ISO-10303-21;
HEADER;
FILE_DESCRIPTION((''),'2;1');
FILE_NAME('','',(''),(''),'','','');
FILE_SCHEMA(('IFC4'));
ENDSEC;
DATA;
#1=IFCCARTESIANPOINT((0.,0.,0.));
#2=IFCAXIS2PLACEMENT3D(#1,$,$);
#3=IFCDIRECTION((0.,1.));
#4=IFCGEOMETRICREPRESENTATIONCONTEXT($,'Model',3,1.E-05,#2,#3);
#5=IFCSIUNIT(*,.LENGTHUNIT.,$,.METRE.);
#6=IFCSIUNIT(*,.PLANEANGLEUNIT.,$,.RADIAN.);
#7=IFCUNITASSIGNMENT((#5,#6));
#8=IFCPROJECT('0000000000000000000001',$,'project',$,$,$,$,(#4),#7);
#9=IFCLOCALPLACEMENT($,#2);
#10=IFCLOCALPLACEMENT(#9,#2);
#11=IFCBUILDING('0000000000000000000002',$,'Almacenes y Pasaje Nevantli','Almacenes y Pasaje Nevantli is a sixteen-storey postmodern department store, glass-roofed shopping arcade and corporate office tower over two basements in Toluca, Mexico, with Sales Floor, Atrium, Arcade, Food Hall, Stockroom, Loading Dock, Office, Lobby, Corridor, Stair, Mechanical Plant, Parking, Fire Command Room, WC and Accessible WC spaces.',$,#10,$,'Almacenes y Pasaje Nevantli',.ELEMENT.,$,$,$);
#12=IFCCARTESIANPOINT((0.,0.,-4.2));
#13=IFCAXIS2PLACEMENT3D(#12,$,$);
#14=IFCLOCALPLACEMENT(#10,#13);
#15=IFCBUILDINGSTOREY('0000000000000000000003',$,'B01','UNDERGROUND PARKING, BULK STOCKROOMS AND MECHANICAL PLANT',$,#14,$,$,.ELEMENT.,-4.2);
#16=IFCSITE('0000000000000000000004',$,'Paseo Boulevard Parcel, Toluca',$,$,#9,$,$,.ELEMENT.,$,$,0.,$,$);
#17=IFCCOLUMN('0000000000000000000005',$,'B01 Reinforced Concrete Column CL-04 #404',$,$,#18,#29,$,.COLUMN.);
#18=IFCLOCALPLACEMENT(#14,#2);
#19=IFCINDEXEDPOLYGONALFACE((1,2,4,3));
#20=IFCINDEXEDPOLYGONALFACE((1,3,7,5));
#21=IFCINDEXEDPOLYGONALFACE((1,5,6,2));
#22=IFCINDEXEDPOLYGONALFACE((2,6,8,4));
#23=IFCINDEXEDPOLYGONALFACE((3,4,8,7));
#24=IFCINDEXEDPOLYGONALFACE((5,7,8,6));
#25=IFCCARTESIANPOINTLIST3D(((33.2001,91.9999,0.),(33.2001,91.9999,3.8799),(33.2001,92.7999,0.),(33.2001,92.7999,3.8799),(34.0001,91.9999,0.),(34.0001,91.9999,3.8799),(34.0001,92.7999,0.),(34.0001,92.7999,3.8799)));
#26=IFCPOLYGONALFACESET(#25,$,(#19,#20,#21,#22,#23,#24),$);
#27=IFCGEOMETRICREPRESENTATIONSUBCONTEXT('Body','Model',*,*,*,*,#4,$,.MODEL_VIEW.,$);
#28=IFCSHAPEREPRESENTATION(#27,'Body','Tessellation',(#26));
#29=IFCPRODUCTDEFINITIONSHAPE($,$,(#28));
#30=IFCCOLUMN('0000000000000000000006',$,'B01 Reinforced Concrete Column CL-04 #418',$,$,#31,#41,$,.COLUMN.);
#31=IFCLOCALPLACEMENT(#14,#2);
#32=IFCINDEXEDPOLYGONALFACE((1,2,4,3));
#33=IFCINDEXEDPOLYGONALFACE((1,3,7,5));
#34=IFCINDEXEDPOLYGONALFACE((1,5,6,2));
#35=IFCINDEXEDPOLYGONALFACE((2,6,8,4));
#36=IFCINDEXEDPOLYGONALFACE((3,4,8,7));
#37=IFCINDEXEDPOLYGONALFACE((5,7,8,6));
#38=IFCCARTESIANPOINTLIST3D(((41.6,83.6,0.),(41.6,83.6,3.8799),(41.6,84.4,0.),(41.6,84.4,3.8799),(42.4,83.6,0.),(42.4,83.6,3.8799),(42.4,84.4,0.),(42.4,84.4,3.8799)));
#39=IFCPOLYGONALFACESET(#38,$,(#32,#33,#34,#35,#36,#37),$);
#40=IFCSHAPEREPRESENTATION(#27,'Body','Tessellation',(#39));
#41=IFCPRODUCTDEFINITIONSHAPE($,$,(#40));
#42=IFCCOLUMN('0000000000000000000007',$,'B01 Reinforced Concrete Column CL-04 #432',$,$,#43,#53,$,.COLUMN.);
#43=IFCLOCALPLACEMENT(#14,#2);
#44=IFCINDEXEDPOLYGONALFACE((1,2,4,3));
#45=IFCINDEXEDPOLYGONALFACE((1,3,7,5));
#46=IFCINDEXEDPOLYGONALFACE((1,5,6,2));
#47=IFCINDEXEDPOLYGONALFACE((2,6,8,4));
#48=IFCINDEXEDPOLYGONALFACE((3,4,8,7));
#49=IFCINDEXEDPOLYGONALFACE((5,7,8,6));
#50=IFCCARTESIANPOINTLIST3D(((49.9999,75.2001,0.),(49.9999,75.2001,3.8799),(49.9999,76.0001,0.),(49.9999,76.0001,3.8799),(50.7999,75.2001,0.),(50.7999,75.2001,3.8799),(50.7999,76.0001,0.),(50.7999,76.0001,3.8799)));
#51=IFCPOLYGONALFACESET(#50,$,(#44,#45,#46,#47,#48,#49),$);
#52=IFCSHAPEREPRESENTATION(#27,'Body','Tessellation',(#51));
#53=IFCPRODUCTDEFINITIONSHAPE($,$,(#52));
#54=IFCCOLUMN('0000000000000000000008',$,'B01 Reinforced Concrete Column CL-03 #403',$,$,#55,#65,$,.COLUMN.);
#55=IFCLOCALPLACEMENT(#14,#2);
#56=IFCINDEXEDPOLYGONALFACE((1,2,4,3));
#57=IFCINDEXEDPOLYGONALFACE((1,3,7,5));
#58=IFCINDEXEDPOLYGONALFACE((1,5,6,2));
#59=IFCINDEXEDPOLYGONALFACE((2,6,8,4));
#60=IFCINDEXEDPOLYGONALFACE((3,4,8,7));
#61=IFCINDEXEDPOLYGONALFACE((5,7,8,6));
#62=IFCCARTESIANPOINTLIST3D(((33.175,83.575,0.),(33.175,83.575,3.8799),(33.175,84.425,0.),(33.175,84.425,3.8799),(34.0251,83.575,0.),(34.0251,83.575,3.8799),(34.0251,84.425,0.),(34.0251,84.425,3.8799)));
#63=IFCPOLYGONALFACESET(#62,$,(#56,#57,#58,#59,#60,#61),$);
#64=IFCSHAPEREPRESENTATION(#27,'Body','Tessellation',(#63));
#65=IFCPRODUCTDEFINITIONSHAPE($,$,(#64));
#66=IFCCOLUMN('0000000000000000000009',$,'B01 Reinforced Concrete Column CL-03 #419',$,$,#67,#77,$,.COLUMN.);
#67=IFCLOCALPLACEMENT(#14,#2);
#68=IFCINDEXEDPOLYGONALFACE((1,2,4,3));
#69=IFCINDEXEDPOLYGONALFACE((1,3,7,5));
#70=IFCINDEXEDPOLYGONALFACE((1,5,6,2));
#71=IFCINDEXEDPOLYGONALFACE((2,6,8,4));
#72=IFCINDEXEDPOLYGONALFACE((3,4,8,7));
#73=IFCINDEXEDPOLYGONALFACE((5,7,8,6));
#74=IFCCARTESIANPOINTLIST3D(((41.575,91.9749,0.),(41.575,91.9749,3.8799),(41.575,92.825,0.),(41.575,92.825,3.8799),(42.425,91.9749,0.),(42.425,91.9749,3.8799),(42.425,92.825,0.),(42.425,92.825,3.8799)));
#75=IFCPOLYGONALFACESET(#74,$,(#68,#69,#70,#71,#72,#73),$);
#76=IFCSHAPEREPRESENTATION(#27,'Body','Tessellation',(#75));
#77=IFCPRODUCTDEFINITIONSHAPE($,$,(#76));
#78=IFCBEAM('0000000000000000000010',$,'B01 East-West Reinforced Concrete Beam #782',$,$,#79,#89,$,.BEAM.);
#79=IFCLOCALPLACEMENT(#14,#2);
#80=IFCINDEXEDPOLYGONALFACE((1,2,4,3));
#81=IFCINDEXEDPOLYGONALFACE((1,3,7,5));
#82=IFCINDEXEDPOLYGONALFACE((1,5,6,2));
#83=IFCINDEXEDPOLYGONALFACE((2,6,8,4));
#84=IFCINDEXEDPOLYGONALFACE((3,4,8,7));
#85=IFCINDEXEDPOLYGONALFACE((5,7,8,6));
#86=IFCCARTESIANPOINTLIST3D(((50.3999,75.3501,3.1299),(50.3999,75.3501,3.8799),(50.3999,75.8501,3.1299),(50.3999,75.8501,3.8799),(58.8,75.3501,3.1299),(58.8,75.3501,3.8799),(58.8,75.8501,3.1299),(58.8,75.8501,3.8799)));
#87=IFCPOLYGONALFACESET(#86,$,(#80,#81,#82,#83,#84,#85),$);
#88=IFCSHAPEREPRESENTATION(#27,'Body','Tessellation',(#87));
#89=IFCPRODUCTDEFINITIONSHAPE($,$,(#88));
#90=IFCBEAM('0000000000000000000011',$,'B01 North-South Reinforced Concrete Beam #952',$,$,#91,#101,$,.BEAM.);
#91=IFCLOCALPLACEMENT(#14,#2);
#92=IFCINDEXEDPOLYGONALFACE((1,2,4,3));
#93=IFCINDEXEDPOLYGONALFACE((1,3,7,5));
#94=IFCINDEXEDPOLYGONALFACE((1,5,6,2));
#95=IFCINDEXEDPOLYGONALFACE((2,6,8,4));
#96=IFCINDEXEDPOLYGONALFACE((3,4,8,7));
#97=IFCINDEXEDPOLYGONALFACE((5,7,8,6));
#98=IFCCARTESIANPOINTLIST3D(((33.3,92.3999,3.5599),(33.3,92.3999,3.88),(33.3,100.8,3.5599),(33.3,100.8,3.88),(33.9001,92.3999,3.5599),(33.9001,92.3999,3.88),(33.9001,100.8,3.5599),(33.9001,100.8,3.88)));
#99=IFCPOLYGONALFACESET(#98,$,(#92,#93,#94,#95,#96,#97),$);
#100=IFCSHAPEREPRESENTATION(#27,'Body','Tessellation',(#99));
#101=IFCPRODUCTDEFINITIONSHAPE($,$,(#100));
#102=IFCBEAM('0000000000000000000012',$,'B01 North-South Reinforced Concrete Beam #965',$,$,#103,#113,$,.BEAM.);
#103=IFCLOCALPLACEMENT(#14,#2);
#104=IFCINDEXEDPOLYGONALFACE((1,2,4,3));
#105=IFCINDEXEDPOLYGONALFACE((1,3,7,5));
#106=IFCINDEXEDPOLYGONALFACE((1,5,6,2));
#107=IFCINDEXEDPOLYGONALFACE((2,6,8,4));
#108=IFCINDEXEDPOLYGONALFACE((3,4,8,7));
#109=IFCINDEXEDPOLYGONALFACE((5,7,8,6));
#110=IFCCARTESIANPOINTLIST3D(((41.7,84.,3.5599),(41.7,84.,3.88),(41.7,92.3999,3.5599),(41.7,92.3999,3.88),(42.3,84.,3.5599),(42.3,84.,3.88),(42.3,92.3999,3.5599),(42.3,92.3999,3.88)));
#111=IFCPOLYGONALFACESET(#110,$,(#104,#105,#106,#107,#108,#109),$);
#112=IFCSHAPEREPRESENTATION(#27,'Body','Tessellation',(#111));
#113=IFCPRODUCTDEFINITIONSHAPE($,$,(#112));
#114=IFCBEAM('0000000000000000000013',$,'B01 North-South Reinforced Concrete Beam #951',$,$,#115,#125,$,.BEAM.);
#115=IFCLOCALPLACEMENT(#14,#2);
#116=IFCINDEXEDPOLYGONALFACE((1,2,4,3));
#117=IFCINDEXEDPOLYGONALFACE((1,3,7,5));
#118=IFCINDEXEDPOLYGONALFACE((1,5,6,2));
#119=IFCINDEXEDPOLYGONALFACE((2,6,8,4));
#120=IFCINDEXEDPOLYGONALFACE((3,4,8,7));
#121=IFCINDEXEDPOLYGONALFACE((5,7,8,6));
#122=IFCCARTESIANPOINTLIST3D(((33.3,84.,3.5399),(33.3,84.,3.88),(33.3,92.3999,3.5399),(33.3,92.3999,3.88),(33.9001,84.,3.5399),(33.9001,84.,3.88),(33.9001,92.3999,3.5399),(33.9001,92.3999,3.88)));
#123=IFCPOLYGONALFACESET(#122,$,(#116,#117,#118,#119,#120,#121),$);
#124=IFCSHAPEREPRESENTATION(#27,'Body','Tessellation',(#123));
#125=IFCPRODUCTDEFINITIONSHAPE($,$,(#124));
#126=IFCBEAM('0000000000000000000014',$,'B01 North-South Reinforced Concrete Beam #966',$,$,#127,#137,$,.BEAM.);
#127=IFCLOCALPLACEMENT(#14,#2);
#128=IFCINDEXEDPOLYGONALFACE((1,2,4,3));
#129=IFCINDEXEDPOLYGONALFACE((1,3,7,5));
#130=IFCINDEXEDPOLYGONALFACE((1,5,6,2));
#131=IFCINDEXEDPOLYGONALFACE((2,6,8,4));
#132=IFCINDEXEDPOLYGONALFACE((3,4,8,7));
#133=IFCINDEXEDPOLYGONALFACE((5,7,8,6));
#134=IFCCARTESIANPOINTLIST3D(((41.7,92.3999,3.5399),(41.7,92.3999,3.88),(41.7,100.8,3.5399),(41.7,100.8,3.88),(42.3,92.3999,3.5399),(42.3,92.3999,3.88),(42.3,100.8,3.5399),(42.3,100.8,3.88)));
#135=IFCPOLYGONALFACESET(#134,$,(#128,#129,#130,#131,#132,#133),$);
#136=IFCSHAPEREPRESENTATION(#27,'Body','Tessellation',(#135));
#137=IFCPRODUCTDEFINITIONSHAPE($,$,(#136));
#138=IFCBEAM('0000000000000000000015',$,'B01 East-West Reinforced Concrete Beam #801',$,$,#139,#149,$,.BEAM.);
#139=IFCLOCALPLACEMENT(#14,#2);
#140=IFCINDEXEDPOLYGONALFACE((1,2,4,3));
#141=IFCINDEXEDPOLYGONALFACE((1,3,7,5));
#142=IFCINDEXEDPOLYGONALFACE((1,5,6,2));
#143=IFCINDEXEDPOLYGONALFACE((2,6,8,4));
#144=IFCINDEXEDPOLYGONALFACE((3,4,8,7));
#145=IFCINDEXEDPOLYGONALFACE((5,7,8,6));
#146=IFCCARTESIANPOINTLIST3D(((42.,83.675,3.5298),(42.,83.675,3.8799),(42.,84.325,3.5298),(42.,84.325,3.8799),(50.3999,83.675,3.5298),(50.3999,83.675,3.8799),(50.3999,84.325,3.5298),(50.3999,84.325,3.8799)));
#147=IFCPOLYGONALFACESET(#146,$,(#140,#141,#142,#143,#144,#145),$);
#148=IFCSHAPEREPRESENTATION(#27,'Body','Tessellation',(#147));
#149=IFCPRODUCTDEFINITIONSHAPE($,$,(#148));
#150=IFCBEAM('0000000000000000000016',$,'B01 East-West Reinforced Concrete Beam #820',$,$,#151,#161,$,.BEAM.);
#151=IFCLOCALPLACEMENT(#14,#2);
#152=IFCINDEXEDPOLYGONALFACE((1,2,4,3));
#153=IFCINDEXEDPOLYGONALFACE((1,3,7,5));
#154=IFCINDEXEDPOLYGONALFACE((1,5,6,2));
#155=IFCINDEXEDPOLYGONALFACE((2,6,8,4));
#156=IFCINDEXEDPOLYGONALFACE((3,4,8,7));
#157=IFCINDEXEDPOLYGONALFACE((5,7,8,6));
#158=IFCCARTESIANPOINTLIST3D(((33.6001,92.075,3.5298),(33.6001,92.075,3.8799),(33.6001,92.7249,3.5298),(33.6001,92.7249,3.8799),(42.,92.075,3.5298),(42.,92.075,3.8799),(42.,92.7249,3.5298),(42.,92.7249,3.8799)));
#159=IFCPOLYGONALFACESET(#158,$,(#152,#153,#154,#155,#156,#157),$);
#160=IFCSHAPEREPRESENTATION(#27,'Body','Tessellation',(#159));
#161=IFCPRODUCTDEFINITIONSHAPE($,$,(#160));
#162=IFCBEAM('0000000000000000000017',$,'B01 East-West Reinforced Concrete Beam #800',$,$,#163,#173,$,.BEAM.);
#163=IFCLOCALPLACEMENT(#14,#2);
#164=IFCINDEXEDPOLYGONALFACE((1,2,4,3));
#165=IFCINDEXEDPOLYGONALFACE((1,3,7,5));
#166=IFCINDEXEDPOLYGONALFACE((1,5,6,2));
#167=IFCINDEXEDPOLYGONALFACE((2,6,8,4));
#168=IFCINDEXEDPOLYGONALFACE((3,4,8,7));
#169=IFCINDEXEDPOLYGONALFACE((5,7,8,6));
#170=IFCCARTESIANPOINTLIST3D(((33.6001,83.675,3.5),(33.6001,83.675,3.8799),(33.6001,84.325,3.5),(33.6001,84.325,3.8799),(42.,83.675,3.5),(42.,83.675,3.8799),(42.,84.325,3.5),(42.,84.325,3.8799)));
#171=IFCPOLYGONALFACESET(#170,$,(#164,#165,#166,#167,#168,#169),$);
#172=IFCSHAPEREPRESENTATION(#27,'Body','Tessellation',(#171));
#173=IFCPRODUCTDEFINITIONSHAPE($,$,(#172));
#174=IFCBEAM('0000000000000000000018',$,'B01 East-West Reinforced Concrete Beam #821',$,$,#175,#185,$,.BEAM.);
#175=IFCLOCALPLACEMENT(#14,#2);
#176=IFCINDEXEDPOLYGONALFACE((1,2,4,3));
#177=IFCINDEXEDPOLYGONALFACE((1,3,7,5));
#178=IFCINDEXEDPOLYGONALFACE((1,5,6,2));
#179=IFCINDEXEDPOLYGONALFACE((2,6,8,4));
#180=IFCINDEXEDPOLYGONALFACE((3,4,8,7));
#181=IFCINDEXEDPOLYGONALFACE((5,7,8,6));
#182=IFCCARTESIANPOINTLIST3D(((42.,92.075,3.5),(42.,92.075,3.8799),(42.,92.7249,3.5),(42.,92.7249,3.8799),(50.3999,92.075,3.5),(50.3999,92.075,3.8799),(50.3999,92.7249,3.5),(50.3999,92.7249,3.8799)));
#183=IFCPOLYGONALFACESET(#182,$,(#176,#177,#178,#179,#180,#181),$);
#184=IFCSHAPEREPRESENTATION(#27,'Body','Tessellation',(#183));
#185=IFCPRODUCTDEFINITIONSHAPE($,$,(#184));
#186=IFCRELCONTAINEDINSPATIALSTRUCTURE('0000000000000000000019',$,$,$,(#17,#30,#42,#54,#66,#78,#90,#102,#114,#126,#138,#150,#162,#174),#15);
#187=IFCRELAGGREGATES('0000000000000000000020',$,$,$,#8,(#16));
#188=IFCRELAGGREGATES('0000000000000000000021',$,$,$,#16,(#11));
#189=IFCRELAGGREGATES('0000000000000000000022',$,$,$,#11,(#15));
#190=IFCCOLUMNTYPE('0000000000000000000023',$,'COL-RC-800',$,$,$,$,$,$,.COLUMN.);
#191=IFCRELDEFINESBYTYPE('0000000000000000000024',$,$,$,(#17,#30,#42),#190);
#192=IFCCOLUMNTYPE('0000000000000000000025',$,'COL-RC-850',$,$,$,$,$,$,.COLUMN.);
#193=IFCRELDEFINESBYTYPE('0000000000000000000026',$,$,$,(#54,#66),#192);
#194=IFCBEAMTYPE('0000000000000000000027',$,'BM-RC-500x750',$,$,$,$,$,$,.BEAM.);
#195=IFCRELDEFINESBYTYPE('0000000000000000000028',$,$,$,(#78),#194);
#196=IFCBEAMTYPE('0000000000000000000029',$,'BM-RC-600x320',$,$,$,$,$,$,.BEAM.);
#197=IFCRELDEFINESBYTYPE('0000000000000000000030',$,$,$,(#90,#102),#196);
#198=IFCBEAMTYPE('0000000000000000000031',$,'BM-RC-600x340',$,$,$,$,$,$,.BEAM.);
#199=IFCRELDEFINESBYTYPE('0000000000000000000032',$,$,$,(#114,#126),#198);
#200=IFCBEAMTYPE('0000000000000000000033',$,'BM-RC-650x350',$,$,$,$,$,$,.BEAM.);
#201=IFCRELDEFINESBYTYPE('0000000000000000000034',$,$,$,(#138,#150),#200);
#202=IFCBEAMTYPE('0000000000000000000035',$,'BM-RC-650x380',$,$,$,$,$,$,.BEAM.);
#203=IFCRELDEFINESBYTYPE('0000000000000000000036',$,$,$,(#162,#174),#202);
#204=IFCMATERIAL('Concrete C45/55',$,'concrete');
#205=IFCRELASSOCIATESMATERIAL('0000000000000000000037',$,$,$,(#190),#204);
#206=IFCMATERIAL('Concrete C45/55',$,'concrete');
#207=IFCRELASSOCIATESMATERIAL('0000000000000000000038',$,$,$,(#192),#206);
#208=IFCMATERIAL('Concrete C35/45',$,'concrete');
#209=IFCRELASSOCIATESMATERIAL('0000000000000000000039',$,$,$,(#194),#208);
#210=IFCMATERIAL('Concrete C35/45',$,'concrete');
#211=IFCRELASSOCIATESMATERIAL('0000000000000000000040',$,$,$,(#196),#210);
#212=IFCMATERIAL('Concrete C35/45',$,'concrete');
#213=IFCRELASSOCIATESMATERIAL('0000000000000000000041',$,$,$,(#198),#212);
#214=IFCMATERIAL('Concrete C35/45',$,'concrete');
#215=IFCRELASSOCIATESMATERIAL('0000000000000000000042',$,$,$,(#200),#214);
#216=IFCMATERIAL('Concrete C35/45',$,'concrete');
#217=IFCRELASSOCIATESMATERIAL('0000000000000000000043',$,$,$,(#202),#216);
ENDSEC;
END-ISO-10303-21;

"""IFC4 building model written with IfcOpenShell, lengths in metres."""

from ifc_helpers import new_model, si_unit, direction, frame, origin, origin_2d, place, context, subcontext, project, spatial, rectangle, extrude, material, material_profile, profile_set, type_object, element, save


model = new_model("IFC4")

# Units and contexts
model_context = context("Model", 3, precision=1e-05, world=origin(), true_north=direction((0.0, 1.0)))
body_context = subcontext(model_context, "Body", "Model", "MODEL_VIEW")
ifc_project = project(units=[si_unit("LENGTHUNIT", "METRE"), si_unit("PLANEANGLEUNIT", "RADIAN")], contexts=[model_context])

# Site, building, storey
site_placement = place(None, origin())
site = spatial("IfcSite", under=ifc_project, at=site_placement, Name="Paseo Boulevard Parcel, Toluca", CompositionType="ELEMENT", RefElevation=0.0)
building_placement = place(site_placement, origin())
building = spatial("IfcBuilding", under=site, at=building_placement, Name="Almacenes y Pasaje Nevantli", Description="Almacenes y Pasaje Nevantli is a sixteen-storey postmodern department store, glass-roofed shopping arcade and corporate office tower over two basements in Toluca, Mexico, with Sales Floor, Atrium, Arcade, Food Hall, Stockroom, Loading Dock, Office, Lobby, Corridor, Stair, Mechanical Plant, Parking, Fire Command Room, WC and Accessible WC spaces.", LongName="Almacenes y Pasaje Nevantli", CompositionType="ELEMENT")
storey_placement = place(building_placement, frame((0.0, 0.0, -4.2)))
storey = spatial("IfcBuildingStorey", under=building, at=storey_placement, Name="B01", Description="UNDERGROUND PARKING, BULK STOCKROOMS AND MECHANICAL PLANT", CompositionType="ELEMENT", Elevation=-4.2)

# Columns
ifc_material_1 = material(Name="Concrete C45/55", Category="concrete")
ifc_material_profile_1 = material_profile(ifc_material_1, rectangle(XDim=0.8, YDim=0.8, at=origin_2d()), Name="RC-COL-800x800")
ifc_profile_set_1 = profile_set([ifc_material_profile_1], Name="Concrete C45/55")
column_type_1 = type_object("IfcColumnType", Name="COL-RC-800", PredefinedType="COLUMN", material=ifc_profile_set_1)
for number, where, z_axis, x_axis, name in (
    (1, (33.6001, 92.3999, 0.0), (0.0, 0.0, 1.0), (1.0, 0.0, 0.0), "B01 Reinforced Concrete Column CL-04 #404"),
    (2, (42.0, 84.0, 0.0), (0.0, 0.0, 1.0), (1.0, 0.0, 0.0), "B01 Reinforced Concrete Column CL-04 #418"),
    (3, (50.3999, 75.6001, 0.0), (0.0, 0.0, 1.0), (1.0, 0.0, 0.0), "B01 Reinforced Concrete Column CL-04 #432"),
):
    element("IfcColumn", number, at=place(storey_placement, frame(where, z_axis=z_axis, x_axis=x_axis)), inside=storey, type_object=column_type_1, Name=name, PredefinedType="COLUMN", context=body_context, shape_type="SweptSolid", body=[
        extrude(rectangle(XDim=0.8, YDim=0.8, at=origin_2d()), origin(), (0.0, 0.0, 1.0), 3.8799),
    ])
ifc_material_2 = material(Name="Concrete C45/55", Category="concrete")
ifc_material_profile_2 = material_profile(ifc_material_2, rectangle(XDim=0.8501, YDim=0.8501, at=origin_2d()), Name="RC-COL-850x850")
ifc_profile_set_2 = profile_set([ifc_material_profile_2], Name="Concrete C45/55")
column_type_2 = type_object("IfcColumnType", Name="COL-RC-850", PredefinedType="COLUMN", material=ifc_profile_set_2)
for number, where, z_axis, x_axis, name in (
    (4, (33.6001, 84.0, 0.0), (0.0, 0.0, 1.0), (1.0, 0.0, 0.0), "B01 Reinforced Concrete Column CL-03 #403"),
    (5, (42.0, 92.3999, 0.0), (0.0, 0.0, 1.0), (1.0, 0.0, 0.0), "B01 Reinforced Concrete Column CL-03 #419"),
):
    element("IfcColumn", number, at=place(storey_placement, frame(where, z_axis=z_axis, x_axis=x_axis)), inside=storey, type_object=column_type_2, Name=name, PredefinedType="COLUMN", context=body_context, shape_type="SweptSolid", body=[
        extrude(rectangle(XDim=0.8501, YDim=0.8501, at=origin_2d()), origin(), (0.0, 0.0, 1.0), 3.8799),
    ])

# Beams
ifc_material_3 = material(Name="Concrete C35/45", Category="concrete")
ifc_material_profile_3 = material_profile(ifc_material_3, rectangle(XDim=0.5, YDim=0.75, at=origin_2d()), Name="RC-BM-500x750")
ifc_profile_set_3 = profile_set([ifc_material_profile_3], Name="Concrete C35/45")
beam_type_1 = type_object("IfcBeamType", Name="BM-RC-500x750", PredefinedType="BEAM", material=ifc_profile_set_3)
beam_1_placement = place(storey_placement, frame((50.3999, 75.6001, 3.5049), z_axis=(1.0, 0.0, 0.0), x_axis=(0.0, 1.0, 0.0)))
element("IfcBeam", 6, at=beam_1_placement, inside=storey, type_object=beam_type_1, Name="B01 East-West Reinforced Concrete Beam #782", PredefinedType="BEAM", context=body_context, shape_type="SweptSolid", body=[
    extrude(rectangle(XDim=0.5, YDim=0.75, at=origin_2d()), origin(), (0.0, 0.0, 1.0), 8.4001),
])
ifc_material_4 = material(Name="Concrete C35/45", Category="concrete")
ifc_material_profile_4 = material_profile(ifc_material_4, rectangle(XDim=0.6001, YDim=0.3201, at=origin_2d()), Name="RC-BM-600x320")
ifc_profile_set_4 = profile_set([ifc_material_profile_4], Name="Concrete C35/45")
beam_type_2 = type_object("IfcBeamType", Name="BM-RC-600x320", PredefinedType="BEAM", material=ifc_profile_set_4)
beam_2_placement = place(storey_placement, frame((33.6001, 92.3999, 3.72), z_axis=(0.0, 1.0, 0.0), x_axis=(-1.0, 0.0, 0.0)))
element("IfcBeam", 7, at=beam_2_placement, inside=storey, type_object=beam_type_2, Name="B01 North-South Reinforced Concrete Beam #952", PredefinedType="BEAM", context=body_context, shape_type="SweptSolid", body=[
    extrude(rectangle(XDim=0.6001, YDim=0.3201, at=origin_2d()), origin(), (0.0, 0.0, 1.0), 8.4001),
])
beam_3_placement = place(storey_placement, frame((42.0, 84.0, 3.72), z_axis=(0.0, 1.0, 0.0), x_axis=(-1.0, 0.0, 0.0)))
element("IfcBeam", 8, at=beam_3_placement, inside=storey, type_object=beam_type_2, Name="B01 North-South Reinforced Concrete Beam #965", PredefinedType="BEAM", context=body_context, shape_type="SweptSolid", body=[
    extrude(rectangle(XDim=0.6001, YDim=0.3201, at=origin_2d()), origin(), (0.0, 0.0, 1.0), 8.3999),
])
ifc_material_5 = material(Name="Concrete C35/45", Category="concrete")
ifc_material_profile_5 = material_profile(ifc_material_5, rectangle(XDim=0.6001, YDim=0.3401, at=origin_2d()), Name="RC-BM-600x340")
ifc_profile_set_5 = profile_set([ifc_material_profile_5], Name="Concrete C35/45")
beam_type_3 = type_object("IfcBeamType", Name="BM-RC-600x340", PredefinedType="BEAM", material=ifc_profile_set_5)
beam_4_placement = place(storey_placement, frame((33.6001, 84.0, 3.71), z_axis=(0.0, 1.0, 0.0), x_axis=(-1.0, 0.0, 0.0)))
element("IfcBeam", 9, at=beam_4_placement, inside=storey, type_object=beam_type_3, Name="B01 North-South Reinforced Concrete Beam #951", PredefinedType="BEAM", context=body_context, shape_type="SweptSolid", body=[
    extrude(rectangle(XDim=0.6001, YDim=0.3401, at=origin_2d()), origin(), (0.0, 0.0, 1.0), 8.3999),
])
beam_5_placement = place(storey_placement, frame((42.0, 92.3999, 3.71), z_axis=(0.0, 1.0, 0.0), x_axis=(-1.0, 0.0, 0.0)))
element("IfcBeam", 10, at=beam_5_placement, inside=storey, type_object=beam_type_3, Name="B01 North-South Reinforced Concrete Beam #966", PredefinedType="BEAM", context=body_context, shape_type="SweptSolid", body=[
    extrude(rectangle(XDim=0.6001, YDim=0.3401, at=origin_2d()), origin(), (0.0, 0.0, 1.0), 8.4001),
])
ifc_material_6 = material(Name="Concrete C35/45", Category="concrete")
ifc_material_profile_6 = material_profile(ifc_material_6, rectangle(XDim=0.6499, YDim=0.3501, at=origin_2d()), Name="RC-BM-650x350")
ifc_profile_set_6 = profile_set([ifc_material_profile_6], Name="Concrete C35/45")
beam_type_4 = type_object("IfcBeamType", Name="BM-RC-650x350", PredefinedType="BEAM", material=ifc_profile_set_6)
for number, where, z_axis, x_axis, name in (
    (11, (42.0, 84.0, 3.7048), (1.0, 0.0, 0.0), (0.0, 1.0, 0.0), "B01 East-West Reinforced Concrete Beam #801"),
    (12, (33.6001, 92.3999, 3.7048), (1.0, 0.0, 0.0), (0.0, 1.0, 0.0), "B01 East-West Reinforced Concrete Beam #820"),
):
    element("IfcBeam", number, at=place(storey_placement, frame(where, z_axis=z_axis, x_axis=x_axis)), inside=storey, type_object=beam_type_4, Name=name, PredefinedType="BEAM", context=body_context, shape_type="SweptSolid", body=[
        extrude(rectangle(XDim=0.6499, YDim=0.3501, at=origin_2d()), origin(), (0.0, 0.0, 1.0), 8.3999),
    ])
ifc_material_7 = material(Name="Concrete C35/45", Category="concrete")
ifc_material_profile_7 = material_profile(ifc_material_7, rectangle(XDim=0.6499, YDim=0.3799, at=origin_2d()), Name="RC-BM-650x380")
ifc_profile_set_7 = profile_set([ifc_material_profile_7], Name="Concrete C35/45")
beam_type_5 = type_object("IfcBeamType", Name="BM-RC-650x380", PredefinedType="BEAM", material=ifc_profile_set_7)
for number, where, z_axis, x_axis, name in (
    (13, (33.6001, 84.0, 3.6899), (1.0, 0.0, 0.0), (0.0, 1.0, 0.0), "B01 East-West Reinforced Concrete Beam #800"),
    (14, (42.0, 92.3999, 3.6899), (1.0, 0.0, 0.0), (0.0, 1.0, 0.0), "B01 East-West Reinforced Concrete Beam #821"),
):
    element("IfcBeam", number, at=place(storey_placement, frame(where, z_axis=z_axis, x_axis=x_axis)), inside=storey, type_object=beam_type_5, Name=name, PredefinedType="BEAM", context=body_context, shape_type="SweptSolid", body=[
        extrude(rectangle(XDim=0.6499, YDim=0.3799, at=origin_2d()), origin(), (0.0, 0.0, 1.0), 8.3999),
    ])

save(model, "model.ifc")
